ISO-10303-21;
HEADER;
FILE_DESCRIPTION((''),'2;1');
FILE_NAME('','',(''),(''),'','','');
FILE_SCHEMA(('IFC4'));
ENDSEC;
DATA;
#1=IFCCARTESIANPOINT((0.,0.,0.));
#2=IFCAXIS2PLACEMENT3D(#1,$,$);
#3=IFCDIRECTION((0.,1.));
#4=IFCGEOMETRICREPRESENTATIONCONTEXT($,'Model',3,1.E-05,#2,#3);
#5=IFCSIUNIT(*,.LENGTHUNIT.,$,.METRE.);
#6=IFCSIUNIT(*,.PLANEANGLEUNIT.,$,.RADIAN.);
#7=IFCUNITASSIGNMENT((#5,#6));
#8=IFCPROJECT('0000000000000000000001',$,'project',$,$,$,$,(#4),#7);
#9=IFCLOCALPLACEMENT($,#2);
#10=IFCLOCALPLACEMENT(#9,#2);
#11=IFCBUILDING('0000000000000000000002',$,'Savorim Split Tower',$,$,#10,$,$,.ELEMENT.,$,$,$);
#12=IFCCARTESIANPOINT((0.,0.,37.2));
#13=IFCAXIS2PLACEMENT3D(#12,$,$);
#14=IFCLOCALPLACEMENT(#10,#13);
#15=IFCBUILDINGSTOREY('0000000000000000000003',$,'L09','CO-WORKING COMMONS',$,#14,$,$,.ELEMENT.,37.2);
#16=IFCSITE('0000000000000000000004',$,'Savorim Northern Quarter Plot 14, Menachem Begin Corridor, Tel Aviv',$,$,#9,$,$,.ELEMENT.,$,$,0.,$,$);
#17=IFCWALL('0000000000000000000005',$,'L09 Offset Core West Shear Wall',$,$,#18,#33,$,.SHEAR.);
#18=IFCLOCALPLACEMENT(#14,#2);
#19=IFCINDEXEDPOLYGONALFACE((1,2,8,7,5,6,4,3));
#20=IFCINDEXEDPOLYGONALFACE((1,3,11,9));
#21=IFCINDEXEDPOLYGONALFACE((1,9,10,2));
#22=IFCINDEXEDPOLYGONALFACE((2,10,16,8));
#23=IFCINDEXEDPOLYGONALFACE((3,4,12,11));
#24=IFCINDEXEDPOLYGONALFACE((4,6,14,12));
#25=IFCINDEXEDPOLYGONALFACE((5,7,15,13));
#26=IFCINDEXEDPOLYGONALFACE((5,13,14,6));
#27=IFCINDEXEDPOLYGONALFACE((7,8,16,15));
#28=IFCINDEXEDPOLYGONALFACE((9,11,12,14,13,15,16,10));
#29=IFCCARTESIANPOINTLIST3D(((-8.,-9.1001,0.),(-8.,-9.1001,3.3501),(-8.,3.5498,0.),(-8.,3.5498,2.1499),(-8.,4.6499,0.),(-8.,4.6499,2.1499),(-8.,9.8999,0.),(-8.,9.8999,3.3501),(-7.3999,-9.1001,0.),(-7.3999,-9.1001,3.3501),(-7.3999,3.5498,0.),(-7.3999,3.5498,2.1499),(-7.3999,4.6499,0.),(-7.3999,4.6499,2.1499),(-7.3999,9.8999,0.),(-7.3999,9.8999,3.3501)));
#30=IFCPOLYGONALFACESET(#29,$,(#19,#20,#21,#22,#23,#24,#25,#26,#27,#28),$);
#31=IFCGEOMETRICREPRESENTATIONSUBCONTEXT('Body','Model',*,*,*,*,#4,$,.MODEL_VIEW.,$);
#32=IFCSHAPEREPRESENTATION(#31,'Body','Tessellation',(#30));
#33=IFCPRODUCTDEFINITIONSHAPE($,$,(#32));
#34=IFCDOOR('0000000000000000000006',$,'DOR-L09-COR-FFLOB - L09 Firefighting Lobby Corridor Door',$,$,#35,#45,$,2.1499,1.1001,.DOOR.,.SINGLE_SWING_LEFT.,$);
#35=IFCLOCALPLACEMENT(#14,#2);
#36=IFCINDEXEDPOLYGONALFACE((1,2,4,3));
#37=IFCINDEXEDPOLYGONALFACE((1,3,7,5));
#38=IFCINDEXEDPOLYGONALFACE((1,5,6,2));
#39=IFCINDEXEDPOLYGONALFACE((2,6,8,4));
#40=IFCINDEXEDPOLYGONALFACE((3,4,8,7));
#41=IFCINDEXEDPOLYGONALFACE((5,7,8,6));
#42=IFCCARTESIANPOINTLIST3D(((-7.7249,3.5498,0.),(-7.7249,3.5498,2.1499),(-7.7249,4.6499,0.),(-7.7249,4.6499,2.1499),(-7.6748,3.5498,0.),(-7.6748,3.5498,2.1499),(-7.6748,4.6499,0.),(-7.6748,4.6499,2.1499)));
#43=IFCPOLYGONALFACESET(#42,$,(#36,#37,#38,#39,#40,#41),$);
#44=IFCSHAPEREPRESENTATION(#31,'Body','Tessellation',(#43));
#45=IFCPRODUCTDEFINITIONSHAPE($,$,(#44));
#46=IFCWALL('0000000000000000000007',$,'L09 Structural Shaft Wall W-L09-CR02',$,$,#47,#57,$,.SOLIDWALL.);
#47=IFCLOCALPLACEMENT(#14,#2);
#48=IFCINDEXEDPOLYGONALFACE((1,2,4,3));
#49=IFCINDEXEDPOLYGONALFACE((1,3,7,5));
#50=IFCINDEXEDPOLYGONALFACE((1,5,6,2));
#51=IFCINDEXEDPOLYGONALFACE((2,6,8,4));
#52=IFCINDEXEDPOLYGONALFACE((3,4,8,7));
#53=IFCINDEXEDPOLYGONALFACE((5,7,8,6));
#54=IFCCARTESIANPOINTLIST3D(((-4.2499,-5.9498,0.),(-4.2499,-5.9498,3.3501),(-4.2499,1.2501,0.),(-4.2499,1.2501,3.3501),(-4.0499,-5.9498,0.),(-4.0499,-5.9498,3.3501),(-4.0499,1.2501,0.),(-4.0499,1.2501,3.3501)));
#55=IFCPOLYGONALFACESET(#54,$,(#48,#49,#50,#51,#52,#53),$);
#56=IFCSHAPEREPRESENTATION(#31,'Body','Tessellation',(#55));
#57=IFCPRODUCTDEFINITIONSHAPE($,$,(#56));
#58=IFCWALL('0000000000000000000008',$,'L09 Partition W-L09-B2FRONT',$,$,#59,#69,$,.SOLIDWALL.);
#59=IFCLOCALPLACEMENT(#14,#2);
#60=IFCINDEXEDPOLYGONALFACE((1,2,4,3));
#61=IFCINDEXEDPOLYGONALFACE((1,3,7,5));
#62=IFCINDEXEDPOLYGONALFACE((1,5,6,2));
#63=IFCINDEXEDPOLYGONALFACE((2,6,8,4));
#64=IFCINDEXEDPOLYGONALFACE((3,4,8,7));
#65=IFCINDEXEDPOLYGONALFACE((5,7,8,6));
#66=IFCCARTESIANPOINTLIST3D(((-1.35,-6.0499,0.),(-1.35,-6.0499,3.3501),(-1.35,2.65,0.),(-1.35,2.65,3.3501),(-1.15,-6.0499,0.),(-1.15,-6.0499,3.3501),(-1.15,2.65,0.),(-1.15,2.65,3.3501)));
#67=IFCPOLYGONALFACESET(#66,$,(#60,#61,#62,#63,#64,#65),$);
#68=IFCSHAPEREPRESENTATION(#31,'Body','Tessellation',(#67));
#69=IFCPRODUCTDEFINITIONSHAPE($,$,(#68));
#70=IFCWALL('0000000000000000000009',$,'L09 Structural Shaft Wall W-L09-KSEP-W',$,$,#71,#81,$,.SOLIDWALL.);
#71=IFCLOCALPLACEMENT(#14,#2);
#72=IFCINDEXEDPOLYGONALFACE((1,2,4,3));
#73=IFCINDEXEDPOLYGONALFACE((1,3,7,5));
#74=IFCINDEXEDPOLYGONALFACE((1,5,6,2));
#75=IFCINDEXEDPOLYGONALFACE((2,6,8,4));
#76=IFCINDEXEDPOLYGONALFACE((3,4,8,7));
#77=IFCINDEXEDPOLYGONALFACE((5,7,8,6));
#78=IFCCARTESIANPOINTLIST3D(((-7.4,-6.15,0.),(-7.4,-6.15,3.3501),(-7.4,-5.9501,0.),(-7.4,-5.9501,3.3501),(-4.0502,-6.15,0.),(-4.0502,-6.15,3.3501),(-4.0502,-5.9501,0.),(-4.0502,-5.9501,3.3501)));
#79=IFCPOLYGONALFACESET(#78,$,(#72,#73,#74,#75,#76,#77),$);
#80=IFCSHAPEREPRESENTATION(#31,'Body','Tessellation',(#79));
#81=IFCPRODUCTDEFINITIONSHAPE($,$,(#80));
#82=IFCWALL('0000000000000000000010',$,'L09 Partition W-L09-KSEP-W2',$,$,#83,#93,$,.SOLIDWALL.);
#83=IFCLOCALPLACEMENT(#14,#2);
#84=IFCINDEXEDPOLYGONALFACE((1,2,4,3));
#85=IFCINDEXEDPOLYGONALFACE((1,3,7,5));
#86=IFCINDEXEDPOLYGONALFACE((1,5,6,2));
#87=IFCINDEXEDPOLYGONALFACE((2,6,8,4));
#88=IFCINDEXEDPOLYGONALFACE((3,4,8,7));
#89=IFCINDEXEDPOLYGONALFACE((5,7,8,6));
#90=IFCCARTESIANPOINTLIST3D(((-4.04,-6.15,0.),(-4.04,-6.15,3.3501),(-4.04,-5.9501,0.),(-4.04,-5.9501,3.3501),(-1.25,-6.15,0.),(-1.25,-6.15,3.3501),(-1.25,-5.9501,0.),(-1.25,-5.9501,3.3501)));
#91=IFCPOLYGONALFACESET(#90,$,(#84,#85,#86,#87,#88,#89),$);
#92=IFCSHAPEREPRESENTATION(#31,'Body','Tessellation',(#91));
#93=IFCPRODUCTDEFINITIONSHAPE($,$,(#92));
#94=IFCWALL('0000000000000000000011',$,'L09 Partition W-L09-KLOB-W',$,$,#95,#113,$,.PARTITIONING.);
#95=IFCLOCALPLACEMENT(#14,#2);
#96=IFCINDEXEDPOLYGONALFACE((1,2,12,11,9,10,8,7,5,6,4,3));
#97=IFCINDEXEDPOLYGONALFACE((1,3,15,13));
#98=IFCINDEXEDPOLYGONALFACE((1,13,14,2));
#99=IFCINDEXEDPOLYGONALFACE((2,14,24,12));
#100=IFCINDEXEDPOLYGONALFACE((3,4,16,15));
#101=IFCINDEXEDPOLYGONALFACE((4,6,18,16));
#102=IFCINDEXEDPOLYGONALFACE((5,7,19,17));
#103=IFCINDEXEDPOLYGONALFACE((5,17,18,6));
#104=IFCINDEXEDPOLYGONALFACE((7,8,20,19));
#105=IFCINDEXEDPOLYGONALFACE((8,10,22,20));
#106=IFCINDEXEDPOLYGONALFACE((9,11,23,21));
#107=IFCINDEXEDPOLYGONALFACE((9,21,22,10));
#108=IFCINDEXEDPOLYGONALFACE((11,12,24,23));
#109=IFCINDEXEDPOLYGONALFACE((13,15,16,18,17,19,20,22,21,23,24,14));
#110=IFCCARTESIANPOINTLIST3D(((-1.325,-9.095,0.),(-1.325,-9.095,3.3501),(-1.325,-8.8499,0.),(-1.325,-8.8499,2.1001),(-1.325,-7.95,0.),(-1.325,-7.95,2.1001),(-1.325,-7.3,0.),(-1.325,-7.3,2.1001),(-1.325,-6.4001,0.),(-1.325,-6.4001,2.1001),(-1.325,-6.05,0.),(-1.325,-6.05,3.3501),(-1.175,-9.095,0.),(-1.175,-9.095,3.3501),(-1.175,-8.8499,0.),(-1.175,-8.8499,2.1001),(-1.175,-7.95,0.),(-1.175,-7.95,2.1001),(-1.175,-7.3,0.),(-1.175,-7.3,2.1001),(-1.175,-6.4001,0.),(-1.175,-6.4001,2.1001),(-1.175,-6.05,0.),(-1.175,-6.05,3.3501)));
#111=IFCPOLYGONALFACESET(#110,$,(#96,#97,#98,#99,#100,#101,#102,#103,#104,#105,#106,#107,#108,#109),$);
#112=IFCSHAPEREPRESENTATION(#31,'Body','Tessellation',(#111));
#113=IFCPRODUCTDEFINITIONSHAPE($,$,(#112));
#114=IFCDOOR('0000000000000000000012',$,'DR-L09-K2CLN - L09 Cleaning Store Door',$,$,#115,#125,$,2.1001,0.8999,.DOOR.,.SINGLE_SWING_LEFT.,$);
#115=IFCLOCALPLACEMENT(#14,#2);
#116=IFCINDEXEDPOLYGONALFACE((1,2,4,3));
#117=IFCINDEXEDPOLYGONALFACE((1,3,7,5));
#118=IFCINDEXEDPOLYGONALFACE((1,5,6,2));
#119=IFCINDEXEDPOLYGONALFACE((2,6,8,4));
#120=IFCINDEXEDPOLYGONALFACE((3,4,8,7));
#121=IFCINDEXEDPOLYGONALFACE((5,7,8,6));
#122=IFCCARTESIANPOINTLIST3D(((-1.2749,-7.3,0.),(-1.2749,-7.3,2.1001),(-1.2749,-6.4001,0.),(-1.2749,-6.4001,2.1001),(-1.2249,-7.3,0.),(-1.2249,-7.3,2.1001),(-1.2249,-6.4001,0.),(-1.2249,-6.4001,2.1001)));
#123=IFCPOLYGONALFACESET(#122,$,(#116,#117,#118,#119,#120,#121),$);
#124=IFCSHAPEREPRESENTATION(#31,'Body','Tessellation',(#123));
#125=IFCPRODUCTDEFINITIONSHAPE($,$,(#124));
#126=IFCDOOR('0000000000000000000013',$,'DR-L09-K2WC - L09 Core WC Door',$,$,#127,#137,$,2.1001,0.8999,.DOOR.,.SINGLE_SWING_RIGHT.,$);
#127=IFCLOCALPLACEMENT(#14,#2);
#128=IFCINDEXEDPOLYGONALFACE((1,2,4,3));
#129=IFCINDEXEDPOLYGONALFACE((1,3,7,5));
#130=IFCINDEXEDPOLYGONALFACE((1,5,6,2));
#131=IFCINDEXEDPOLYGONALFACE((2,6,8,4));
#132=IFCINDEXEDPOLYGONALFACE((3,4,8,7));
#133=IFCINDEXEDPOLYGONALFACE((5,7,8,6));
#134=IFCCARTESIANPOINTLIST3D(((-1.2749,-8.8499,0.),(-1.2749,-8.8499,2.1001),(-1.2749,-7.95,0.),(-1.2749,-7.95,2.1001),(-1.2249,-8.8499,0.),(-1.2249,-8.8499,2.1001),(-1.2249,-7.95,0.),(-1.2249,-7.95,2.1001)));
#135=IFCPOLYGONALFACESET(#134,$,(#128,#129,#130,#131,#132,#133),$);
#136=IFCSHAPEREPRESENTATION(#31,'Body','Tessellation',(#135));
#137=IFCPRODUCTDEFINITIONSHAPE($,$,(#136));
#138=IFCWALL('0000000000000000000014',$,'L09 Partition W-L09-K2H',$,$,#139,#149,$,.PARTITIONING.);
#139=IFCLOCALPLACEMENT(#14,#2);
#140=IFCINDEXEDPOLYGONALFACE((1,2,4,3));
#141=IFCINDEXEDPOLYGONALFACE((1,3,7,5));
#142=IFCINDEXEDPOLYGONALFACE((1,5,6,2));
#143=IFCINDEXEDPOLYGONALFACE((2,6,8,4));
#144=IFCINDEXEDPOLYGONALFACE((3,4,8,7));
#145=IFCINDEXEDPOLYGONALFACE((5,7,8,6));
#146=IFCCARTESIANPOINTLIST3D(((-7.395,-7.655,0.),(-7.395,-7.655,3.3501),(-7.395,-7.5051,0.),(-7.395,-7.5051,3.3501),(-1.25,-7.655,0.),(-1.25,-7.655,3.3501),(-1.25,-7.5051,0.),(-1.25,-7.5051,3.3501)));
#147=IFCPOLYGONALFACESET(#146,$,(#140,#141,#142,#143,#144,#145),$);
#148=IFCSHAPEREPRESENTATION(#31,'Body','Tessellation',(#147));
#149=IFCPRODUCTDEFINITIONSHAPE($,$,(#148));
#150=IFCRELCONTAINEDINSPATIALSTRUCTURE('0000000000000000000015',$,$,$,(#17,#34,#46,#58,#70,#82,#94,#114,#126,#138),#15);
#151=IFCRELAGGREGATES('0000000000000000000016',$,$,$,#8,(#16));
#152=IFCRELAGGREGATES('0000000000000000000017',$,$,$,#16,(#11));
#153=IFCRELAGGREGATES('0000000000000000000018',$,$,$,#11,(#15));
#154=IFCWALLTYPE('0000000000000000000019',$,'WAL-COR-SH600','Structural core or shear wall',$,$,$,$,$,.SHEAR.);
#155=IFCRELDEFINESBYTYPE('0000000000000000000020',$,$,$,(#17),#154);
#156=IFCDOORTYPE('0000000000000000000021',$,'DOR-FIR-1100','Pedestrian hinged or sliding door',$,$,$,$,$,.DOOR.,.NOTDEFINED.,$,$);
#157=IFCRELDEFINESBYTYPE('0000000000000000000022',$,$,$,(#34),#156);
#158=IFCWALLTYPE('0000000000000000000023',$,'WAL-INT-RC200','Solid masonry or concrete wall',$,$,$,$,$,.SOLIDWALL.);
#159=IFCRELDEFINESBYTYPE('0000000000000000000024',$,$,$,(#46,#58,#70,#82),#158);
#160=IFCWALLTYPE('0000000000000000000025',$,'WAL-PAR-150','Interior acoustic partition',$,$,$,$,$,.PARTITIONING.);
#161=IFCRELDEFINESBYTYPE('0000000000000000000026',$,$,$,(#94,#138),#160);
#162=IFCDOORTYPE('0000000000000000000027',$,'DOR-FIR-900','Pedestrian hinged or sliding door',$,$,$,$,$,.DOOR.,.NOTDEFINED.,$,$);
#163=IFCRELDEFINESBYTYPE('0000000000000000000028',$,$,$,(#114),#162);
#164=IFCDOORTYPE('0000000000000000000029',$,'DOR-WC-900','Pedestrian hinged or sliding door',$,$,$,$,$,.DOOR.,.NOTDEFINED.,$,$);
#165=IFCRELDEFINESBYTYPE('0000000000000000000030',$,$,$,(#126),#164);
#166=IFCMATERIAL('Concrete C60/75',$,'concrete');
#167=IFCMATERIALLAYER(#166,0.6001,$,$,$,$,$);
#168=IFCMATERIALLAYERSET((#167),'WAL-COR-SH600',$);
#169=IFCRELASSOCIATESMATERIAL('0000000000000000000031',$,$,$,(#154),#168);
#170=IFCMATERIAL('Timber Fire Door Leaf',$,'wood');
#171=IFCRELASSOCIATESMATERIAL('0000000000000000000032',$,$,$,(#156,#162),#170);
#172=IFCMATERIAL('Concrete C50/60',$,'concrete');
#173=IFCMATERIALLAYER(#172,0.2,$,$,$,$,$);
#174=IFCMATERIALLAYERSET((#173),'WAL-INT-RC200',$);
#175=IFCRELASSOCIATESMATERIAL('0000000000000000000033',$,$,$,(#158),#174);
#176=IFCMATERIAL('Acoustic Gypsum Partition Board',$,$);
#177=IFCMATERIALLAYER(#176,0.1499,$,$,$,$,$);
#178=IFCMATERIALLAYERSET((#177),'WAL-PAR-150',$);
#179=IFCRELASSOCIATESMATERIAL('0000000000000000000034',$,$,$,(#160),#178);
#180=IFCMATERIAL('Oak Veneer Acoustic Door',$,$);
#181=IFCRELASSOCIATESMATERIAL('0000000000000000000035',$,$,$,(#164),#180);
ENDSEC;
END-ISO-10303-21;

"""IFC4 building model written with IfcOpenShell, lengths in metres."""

from ifc_helpers import new_model, si_unit, direction, frame, frame_2d, origin, place, context, subcontext, project, spatial, rectangle, extrude, material, layer, layer_set, type_object, element, fill, save


model = new_model("IFC4")

# Units and contexts
model_context = context("Model", 3, precision=1e-05, world=origin(), true_north=direction((0.0, 1.0)))
body_context = subcontext(model_context, "Body", "Model", "MODEL_VIEW")
ifc_project = project(units=[si_unit("LENGTHUNIT", "METRE"), si_unit("PLANEANGLEUNIT", "RADIAN")], contexts=[model_context])

# Site, building, storey
site_placement = place(None, origin())
site = spatial("IfcSite", under=ifc_project, at=site_placement, Name="Savorim Northern Quarter Plot 14, Menachem Begin Corridor, Tel Aviv", CompositionType="ELEMENT", RefElevation=0.0)
building_placement = place(site_placement, origin())
building = spatial("IfcBuilding", under=site, at=building_placement, Name="Savorim Split Tower", CompositionType="ELEMENT")
storey_placement = place(building_placement, frame((0.0, 0.0, 37.2)))
storey = spatial("IfcBuildingStorey", under=building, at=storey_placement, Name="L09", Description="CO-WORKING COMMONS", CompositionType="ELEMENT", Elevation=37.2)

# Wall, opening, door
ifc_material_1 = material(Name="Concrete C60/75", Category="concrete")
ifc_layer_1 = layer(ifc_material_1, 0.6001)
ifc_layer_set_1 = layer_set([ifc_layer_1], Name="WAL-COR-SH600")
wall_type_1 = type_object("IfcWallType", Name="WAL-COR-SH600", Description="Structural core or shear wall", PredefinedType="SHEAR", material=ifc_layer_set_1)
ifc_material_2 = material(Name="Timber Fire Door Leaf", Category="wood")
wall_1_placement = place(storey_placement, frame((-7.7, -9.1001, 0.0), z_axis=(0.0, 0.0, 1.0), x_axis=(0.0, 1.0, 0.0)))
wall_1 = element("IfcWall", 1, at=wall_1_placement, inside=storey, type_object=wall_type_1, Name="L09 Offset Core West Shear Wall", PredefinedType="SHEAR", context=body_context, shape_type="SweptSolid", body=[
    extrude(rectangle(XDim=19.0, YDim=0.6001, at=frame_2d((9.5, 0.0))), origin(), (0.0, 0.0, 1.0), 3.3501),
])
opening_1_placement = place(wall_1_placement, frame((12.6499, 0.0, 0.0)))
opening_1 = element("IfcOpeningElement", 2, at=opening_1_placement, cuts=wall_1, PredefinedType="OPENING", context=body_context, shape_type="SweptSolid", body=[
    extrude(rectangle(XDim=1.1001, YDim=2.1499, at=frame_2d((0.55, 1.075))), frame((0.0, 0.3101, 0.0), z_axis=(0.0, -1.0, 0.0), x_axis=(1.0, 0.0, 0.0)), (0.0, 0.0, 1.0), 0.6201),
])
door_type_1 = type_object("IfcDoorType", Name="DOR-FIR-1100", Description="Pedestrian hinged or sliding door", OperationType="NOTDEFINED", PredefinedType="DOOR", material=ifc_material_2)
door_1_placement = place(opening_1_placement, origin())
door_1 = element("IfcDoor", 3, at=door_1_placement, inside=storey, type_object=door_type_1, Name="DOR-L09-COR-FFLOB - L09 Firefighting Lobby Corridor Door", OperationType="SINGLE_SWING_LEFT", OverallHeight=2.1499, OverallWidth=1.1001, PredefinedType="DOOR", context=body_context, shape_type="SweptSolid", body=[
    extrude(rectangle(XDim=1.1001, YDim=2.1499, at=frame_2d((0.55, 1.075))), frame((0.0, 0.0249, 0.0), z_axis=(0.0, -1.0, 0.0), x_axis=(1.0, 0.0, 0.0)), (0.0, 0.0, 1.0), 0.05),
])
fill(opening_1, door_1)

# Walls
ifc_material_3 = material(Name="Concrete C50/60", Category="concrete")
ifc_layer_2 = layer(ifc_material_3, 0.2)
ifc_layer_set_2 = layer_set([ifc_layer_2], Name="WAL-INT-RC200")
wall_type_2 = type_object("IfcWallType", Name="WAL-INT-RC200", Description="Solid masonry or concrete wall", PredefinedType="SOLIDWALL", material=ifc_layer_set_2)
wall_2_placement = place(storey_placement, frame((-4.1499, -5.95, 0.0), z_axis=(0.0, 0.0, 1.0), x_axis=(0.0, 1.0, 0.0)))
element("IfcWall", 4, at=wall_2_placement, inside=storey, type_object=wall_type_2, Name="L09 Structural Shaft Wall W-L09-CR02", PredefinedType="SOLIDWALL", context=body_context, shape_type="SweptSolid", body=[
    extrude(rectangle(XDim=7.2, YDim=0.2, at=frame_2d((3.6001, 0.0))), origin(), (0.0, 0.0, 1.0), 3.3501),
])
wall_3_placement = place(storey_placement, frame((-1.25, -6.05, 0.0), z_axis=(0.0, 0.0, 1.0), x_axis=(0.0, 1.0, 0.0)))
element("IfcWall", 5, at=wall_3_placement, inside=storey, type_object=wall_type_2, Name="L09 Partition W-L09-B2FRONT", PredefinedType="SOLIDWALL", context=body_context, shape_type="SweptSolid", body=[
    extrude(rectangle(XDim=8.7, YDim=0.2, at=frame_2d((4.3501, 0.0))), origin(), (0.0, 0.0, 1.0), 3.3501),
])
wall_4_placement = place(storey_placement, frame((-7.3999, -6.05, 0.0), z_axis=(0.0, 0.0, 1.0), x_axis=(1.0, 0.0, 0.0)))
element("IfcWall", 6, at=wall_4_placement, inside=storey, type_object=wall_type_2, Name="L09 Structural Shaft Wall W-L09-KSEP-W", PredefinedType="SOLIDWALL", context=body_context, shape_type="SweptSolid", body=[
    extrude(rectangle(XDim=3.3499, YDim=0.2, at=frame_2d((1.6748, 0.0))), origin(), (0.0, 0.0, 1.0), 3.3501),
])
wall_5_placement = place(storey_placement, frame((-4.04, -6.05, 0.0), z_axis=(0.0, 0.0, 1.0), x_axis=(1.0, 0.0, 0.0)))
element("IfcWall", 7, at=wall_5_placement, inside=storey, type_object=wall_type_2, Name="L09 Partition W-L09-KSEP-W2", PredefinedType="SOLIDWALL", context=body_context, shape_type="SweptSolid", body=[
    extrude(rectangle(XDim=2.79, YDim=0.2, at=frame_2d((1.395, 0.0))), origin(), (0.0, 0.0, 1.0), 3.3501),
])

# Wall, openings, doors
ifc_material_4 = material(Name="Acoustic Gypsum Partition Board")
ifc_layer_3 = layer(ifc_material_4, 0.1499)
ifc_layer_set_3 = layer_set([ifc_layer_3], Name="WAL-PAR-150")
wall_type_3 = type_object("IfcWallType", Name="WAL-PAR-150", Description="Interior acoustic partition", PredefinedType="PARTITIONING", material=ifc_layer_set_3)
wall_6_placement = place(storey_placement, frame((-1.25, -9.095, 0.0), z_axis=(0.0, 0.0, 1.0), x_axis=(0.0, 1.0, 0.0)))
wall_6 = element("IfcWall", 8, at=wall_6_placement, inside=storey, type_object=wall_type_3, Name="L09 Partition W-L09-KLOB-W", PredefinedType="PARTITIONING", context=body_context, shape_type="SweptSolid", body=[
    extrude(rectangle(XDim=3.0449, YDim=0.1499, at=frame_2d((1.5225, 0.0))), origin(), (0.0, 0.0, 1.0), 3.3501),
])
opening_2_placement = place(wall_6_placement, frame((1.7949, 0.0, 0.0)))
opening_2 = element("IfcOpeningElement", 9, at=opening_2_placement, cuts=wall_6, PredefinedType="OPENING", context=body_context, shape_type="SweptSolid", body=[
    extrude(rectangle(XDim=0.8999, YDim=2.1001, at=frame_2d((0.45, 1.05))), frame((0.0, 0.085, 0.0), z_axis=(0.0, -1.0, 0.0), x_axis=(1.0, 0.0, 0.0)), (0.0, 0.0, 1.0), 0.1699),
])
opening_3_placement = place(wall_6_placement, frame((0.2451, 0.0, 0.0)))
opening_3 = element("IfcOpeningElement", 10, at=opening_3_placement, cuts=wall_6, PredefinedType="OPENING", context=body_context, shape_type="SweptSolid", body=[
    extrude(rectangle(XDim=0.8999, YDim=2.1001, at=frame_2d((0.45, 1.05))), frame((0.0, 0.085, 0.0), z_axis=(0.0, -1.0, 0.0), x_axis=(1.0, 0.0, 0.0)), (0.0, 0.0, 1.0), 0.1699),
])
door_type_2 = type_object("IfcDoorType", Name="DOR-FIR-900", Description="Pedestrian hinged or sliding door", OperationType="NOTDEFINED", PredefinedType="DOOR", material=ifc_material_2)
door_2_placement = place(opening_2_placement, origin())
door_2 = element("IfcDoor", 11, at=door_2_placement, inside=storey, type_object=door_type_2, Name="DR-L09-K2CLN - L09 Cleaning Store Door", OperationType="SINGLE_SWING_LEFT", OverallHeight=2.1001, OverallWidth=0.8999, PredefinedType="DOOR", context=body_context, shape_type="SweptSolid", body=[
    extrude(rectangle(XDim=0.8999, YDim=2.1001, at=frame_2d((0.45, 1.05))), frame((0.0, 0.0249, 0.0), z_axis=(0.0, -1.0, 0.0), x_axis=(1.0, 0.0, 0.0)), (0.0, 0.0, 1.0), 0.05),
])
fill(opening_2, door_2)
ifc_material_5 = material(Name="Oak Veneer Acoustic Door")
door_type_3 = type_object("IfcDoorType", Name="DOR-WC-900", Description="Pedestrian hinged or sliding door", OperationType="NOTDEFINED", PredefinedType="DOOR", material=ifc_material_5)
door_3_placement = place(opening_3_placement, origin())
door_3 = element("IfcDoor", 12, at=door_3_placement, inside=storey, type_object=door_type_3, Name="DR-L09-K2WC - L09 Core WC Door", OperationType="SINGLE_SWING_RIGHT", OverallHeight=2.1001, OverallWidth=0.8999, PredefinedType="DOOR", context=body_context, shape_type="SweptSolid", body=[
    extrude(rectangle(XDim=0.8999, YDim=2.1001, at=frame_2d((0.45, 1.05))), frame((0.0, 0.0249, 0.0), z_axis=(0.0, -1.0, 0.0), x_axis=(1.0, 0.0, 0.0)), (0.0, 0.0, 1.0), 0.05),
])
fill(opening_3, door_3)

# Wall
wall_7_placement = place(storey_placement, frame((-7.395, -7.5801, 0.0), z_axis=(0.0, 0.0, 1.0), x_axis=(1.0, 0.0, 0.0)))
element("IfcWall", 13, at=wall_7_placement, inside=storey, type_object=wall_type_3, Name="L09 Partition W-L09-K2H", PredefinedType="PARTITIONING", context=body_context, shape_type="SweptSolid", body=[
    extrude(rectangle(XDim=6.145, YDim=0.1499, at=frame_2d((3.0725, 0.0))), origin(), (0.0, 0.0, 1.0), 3.3501),
])

save(model, "model.ifc")
